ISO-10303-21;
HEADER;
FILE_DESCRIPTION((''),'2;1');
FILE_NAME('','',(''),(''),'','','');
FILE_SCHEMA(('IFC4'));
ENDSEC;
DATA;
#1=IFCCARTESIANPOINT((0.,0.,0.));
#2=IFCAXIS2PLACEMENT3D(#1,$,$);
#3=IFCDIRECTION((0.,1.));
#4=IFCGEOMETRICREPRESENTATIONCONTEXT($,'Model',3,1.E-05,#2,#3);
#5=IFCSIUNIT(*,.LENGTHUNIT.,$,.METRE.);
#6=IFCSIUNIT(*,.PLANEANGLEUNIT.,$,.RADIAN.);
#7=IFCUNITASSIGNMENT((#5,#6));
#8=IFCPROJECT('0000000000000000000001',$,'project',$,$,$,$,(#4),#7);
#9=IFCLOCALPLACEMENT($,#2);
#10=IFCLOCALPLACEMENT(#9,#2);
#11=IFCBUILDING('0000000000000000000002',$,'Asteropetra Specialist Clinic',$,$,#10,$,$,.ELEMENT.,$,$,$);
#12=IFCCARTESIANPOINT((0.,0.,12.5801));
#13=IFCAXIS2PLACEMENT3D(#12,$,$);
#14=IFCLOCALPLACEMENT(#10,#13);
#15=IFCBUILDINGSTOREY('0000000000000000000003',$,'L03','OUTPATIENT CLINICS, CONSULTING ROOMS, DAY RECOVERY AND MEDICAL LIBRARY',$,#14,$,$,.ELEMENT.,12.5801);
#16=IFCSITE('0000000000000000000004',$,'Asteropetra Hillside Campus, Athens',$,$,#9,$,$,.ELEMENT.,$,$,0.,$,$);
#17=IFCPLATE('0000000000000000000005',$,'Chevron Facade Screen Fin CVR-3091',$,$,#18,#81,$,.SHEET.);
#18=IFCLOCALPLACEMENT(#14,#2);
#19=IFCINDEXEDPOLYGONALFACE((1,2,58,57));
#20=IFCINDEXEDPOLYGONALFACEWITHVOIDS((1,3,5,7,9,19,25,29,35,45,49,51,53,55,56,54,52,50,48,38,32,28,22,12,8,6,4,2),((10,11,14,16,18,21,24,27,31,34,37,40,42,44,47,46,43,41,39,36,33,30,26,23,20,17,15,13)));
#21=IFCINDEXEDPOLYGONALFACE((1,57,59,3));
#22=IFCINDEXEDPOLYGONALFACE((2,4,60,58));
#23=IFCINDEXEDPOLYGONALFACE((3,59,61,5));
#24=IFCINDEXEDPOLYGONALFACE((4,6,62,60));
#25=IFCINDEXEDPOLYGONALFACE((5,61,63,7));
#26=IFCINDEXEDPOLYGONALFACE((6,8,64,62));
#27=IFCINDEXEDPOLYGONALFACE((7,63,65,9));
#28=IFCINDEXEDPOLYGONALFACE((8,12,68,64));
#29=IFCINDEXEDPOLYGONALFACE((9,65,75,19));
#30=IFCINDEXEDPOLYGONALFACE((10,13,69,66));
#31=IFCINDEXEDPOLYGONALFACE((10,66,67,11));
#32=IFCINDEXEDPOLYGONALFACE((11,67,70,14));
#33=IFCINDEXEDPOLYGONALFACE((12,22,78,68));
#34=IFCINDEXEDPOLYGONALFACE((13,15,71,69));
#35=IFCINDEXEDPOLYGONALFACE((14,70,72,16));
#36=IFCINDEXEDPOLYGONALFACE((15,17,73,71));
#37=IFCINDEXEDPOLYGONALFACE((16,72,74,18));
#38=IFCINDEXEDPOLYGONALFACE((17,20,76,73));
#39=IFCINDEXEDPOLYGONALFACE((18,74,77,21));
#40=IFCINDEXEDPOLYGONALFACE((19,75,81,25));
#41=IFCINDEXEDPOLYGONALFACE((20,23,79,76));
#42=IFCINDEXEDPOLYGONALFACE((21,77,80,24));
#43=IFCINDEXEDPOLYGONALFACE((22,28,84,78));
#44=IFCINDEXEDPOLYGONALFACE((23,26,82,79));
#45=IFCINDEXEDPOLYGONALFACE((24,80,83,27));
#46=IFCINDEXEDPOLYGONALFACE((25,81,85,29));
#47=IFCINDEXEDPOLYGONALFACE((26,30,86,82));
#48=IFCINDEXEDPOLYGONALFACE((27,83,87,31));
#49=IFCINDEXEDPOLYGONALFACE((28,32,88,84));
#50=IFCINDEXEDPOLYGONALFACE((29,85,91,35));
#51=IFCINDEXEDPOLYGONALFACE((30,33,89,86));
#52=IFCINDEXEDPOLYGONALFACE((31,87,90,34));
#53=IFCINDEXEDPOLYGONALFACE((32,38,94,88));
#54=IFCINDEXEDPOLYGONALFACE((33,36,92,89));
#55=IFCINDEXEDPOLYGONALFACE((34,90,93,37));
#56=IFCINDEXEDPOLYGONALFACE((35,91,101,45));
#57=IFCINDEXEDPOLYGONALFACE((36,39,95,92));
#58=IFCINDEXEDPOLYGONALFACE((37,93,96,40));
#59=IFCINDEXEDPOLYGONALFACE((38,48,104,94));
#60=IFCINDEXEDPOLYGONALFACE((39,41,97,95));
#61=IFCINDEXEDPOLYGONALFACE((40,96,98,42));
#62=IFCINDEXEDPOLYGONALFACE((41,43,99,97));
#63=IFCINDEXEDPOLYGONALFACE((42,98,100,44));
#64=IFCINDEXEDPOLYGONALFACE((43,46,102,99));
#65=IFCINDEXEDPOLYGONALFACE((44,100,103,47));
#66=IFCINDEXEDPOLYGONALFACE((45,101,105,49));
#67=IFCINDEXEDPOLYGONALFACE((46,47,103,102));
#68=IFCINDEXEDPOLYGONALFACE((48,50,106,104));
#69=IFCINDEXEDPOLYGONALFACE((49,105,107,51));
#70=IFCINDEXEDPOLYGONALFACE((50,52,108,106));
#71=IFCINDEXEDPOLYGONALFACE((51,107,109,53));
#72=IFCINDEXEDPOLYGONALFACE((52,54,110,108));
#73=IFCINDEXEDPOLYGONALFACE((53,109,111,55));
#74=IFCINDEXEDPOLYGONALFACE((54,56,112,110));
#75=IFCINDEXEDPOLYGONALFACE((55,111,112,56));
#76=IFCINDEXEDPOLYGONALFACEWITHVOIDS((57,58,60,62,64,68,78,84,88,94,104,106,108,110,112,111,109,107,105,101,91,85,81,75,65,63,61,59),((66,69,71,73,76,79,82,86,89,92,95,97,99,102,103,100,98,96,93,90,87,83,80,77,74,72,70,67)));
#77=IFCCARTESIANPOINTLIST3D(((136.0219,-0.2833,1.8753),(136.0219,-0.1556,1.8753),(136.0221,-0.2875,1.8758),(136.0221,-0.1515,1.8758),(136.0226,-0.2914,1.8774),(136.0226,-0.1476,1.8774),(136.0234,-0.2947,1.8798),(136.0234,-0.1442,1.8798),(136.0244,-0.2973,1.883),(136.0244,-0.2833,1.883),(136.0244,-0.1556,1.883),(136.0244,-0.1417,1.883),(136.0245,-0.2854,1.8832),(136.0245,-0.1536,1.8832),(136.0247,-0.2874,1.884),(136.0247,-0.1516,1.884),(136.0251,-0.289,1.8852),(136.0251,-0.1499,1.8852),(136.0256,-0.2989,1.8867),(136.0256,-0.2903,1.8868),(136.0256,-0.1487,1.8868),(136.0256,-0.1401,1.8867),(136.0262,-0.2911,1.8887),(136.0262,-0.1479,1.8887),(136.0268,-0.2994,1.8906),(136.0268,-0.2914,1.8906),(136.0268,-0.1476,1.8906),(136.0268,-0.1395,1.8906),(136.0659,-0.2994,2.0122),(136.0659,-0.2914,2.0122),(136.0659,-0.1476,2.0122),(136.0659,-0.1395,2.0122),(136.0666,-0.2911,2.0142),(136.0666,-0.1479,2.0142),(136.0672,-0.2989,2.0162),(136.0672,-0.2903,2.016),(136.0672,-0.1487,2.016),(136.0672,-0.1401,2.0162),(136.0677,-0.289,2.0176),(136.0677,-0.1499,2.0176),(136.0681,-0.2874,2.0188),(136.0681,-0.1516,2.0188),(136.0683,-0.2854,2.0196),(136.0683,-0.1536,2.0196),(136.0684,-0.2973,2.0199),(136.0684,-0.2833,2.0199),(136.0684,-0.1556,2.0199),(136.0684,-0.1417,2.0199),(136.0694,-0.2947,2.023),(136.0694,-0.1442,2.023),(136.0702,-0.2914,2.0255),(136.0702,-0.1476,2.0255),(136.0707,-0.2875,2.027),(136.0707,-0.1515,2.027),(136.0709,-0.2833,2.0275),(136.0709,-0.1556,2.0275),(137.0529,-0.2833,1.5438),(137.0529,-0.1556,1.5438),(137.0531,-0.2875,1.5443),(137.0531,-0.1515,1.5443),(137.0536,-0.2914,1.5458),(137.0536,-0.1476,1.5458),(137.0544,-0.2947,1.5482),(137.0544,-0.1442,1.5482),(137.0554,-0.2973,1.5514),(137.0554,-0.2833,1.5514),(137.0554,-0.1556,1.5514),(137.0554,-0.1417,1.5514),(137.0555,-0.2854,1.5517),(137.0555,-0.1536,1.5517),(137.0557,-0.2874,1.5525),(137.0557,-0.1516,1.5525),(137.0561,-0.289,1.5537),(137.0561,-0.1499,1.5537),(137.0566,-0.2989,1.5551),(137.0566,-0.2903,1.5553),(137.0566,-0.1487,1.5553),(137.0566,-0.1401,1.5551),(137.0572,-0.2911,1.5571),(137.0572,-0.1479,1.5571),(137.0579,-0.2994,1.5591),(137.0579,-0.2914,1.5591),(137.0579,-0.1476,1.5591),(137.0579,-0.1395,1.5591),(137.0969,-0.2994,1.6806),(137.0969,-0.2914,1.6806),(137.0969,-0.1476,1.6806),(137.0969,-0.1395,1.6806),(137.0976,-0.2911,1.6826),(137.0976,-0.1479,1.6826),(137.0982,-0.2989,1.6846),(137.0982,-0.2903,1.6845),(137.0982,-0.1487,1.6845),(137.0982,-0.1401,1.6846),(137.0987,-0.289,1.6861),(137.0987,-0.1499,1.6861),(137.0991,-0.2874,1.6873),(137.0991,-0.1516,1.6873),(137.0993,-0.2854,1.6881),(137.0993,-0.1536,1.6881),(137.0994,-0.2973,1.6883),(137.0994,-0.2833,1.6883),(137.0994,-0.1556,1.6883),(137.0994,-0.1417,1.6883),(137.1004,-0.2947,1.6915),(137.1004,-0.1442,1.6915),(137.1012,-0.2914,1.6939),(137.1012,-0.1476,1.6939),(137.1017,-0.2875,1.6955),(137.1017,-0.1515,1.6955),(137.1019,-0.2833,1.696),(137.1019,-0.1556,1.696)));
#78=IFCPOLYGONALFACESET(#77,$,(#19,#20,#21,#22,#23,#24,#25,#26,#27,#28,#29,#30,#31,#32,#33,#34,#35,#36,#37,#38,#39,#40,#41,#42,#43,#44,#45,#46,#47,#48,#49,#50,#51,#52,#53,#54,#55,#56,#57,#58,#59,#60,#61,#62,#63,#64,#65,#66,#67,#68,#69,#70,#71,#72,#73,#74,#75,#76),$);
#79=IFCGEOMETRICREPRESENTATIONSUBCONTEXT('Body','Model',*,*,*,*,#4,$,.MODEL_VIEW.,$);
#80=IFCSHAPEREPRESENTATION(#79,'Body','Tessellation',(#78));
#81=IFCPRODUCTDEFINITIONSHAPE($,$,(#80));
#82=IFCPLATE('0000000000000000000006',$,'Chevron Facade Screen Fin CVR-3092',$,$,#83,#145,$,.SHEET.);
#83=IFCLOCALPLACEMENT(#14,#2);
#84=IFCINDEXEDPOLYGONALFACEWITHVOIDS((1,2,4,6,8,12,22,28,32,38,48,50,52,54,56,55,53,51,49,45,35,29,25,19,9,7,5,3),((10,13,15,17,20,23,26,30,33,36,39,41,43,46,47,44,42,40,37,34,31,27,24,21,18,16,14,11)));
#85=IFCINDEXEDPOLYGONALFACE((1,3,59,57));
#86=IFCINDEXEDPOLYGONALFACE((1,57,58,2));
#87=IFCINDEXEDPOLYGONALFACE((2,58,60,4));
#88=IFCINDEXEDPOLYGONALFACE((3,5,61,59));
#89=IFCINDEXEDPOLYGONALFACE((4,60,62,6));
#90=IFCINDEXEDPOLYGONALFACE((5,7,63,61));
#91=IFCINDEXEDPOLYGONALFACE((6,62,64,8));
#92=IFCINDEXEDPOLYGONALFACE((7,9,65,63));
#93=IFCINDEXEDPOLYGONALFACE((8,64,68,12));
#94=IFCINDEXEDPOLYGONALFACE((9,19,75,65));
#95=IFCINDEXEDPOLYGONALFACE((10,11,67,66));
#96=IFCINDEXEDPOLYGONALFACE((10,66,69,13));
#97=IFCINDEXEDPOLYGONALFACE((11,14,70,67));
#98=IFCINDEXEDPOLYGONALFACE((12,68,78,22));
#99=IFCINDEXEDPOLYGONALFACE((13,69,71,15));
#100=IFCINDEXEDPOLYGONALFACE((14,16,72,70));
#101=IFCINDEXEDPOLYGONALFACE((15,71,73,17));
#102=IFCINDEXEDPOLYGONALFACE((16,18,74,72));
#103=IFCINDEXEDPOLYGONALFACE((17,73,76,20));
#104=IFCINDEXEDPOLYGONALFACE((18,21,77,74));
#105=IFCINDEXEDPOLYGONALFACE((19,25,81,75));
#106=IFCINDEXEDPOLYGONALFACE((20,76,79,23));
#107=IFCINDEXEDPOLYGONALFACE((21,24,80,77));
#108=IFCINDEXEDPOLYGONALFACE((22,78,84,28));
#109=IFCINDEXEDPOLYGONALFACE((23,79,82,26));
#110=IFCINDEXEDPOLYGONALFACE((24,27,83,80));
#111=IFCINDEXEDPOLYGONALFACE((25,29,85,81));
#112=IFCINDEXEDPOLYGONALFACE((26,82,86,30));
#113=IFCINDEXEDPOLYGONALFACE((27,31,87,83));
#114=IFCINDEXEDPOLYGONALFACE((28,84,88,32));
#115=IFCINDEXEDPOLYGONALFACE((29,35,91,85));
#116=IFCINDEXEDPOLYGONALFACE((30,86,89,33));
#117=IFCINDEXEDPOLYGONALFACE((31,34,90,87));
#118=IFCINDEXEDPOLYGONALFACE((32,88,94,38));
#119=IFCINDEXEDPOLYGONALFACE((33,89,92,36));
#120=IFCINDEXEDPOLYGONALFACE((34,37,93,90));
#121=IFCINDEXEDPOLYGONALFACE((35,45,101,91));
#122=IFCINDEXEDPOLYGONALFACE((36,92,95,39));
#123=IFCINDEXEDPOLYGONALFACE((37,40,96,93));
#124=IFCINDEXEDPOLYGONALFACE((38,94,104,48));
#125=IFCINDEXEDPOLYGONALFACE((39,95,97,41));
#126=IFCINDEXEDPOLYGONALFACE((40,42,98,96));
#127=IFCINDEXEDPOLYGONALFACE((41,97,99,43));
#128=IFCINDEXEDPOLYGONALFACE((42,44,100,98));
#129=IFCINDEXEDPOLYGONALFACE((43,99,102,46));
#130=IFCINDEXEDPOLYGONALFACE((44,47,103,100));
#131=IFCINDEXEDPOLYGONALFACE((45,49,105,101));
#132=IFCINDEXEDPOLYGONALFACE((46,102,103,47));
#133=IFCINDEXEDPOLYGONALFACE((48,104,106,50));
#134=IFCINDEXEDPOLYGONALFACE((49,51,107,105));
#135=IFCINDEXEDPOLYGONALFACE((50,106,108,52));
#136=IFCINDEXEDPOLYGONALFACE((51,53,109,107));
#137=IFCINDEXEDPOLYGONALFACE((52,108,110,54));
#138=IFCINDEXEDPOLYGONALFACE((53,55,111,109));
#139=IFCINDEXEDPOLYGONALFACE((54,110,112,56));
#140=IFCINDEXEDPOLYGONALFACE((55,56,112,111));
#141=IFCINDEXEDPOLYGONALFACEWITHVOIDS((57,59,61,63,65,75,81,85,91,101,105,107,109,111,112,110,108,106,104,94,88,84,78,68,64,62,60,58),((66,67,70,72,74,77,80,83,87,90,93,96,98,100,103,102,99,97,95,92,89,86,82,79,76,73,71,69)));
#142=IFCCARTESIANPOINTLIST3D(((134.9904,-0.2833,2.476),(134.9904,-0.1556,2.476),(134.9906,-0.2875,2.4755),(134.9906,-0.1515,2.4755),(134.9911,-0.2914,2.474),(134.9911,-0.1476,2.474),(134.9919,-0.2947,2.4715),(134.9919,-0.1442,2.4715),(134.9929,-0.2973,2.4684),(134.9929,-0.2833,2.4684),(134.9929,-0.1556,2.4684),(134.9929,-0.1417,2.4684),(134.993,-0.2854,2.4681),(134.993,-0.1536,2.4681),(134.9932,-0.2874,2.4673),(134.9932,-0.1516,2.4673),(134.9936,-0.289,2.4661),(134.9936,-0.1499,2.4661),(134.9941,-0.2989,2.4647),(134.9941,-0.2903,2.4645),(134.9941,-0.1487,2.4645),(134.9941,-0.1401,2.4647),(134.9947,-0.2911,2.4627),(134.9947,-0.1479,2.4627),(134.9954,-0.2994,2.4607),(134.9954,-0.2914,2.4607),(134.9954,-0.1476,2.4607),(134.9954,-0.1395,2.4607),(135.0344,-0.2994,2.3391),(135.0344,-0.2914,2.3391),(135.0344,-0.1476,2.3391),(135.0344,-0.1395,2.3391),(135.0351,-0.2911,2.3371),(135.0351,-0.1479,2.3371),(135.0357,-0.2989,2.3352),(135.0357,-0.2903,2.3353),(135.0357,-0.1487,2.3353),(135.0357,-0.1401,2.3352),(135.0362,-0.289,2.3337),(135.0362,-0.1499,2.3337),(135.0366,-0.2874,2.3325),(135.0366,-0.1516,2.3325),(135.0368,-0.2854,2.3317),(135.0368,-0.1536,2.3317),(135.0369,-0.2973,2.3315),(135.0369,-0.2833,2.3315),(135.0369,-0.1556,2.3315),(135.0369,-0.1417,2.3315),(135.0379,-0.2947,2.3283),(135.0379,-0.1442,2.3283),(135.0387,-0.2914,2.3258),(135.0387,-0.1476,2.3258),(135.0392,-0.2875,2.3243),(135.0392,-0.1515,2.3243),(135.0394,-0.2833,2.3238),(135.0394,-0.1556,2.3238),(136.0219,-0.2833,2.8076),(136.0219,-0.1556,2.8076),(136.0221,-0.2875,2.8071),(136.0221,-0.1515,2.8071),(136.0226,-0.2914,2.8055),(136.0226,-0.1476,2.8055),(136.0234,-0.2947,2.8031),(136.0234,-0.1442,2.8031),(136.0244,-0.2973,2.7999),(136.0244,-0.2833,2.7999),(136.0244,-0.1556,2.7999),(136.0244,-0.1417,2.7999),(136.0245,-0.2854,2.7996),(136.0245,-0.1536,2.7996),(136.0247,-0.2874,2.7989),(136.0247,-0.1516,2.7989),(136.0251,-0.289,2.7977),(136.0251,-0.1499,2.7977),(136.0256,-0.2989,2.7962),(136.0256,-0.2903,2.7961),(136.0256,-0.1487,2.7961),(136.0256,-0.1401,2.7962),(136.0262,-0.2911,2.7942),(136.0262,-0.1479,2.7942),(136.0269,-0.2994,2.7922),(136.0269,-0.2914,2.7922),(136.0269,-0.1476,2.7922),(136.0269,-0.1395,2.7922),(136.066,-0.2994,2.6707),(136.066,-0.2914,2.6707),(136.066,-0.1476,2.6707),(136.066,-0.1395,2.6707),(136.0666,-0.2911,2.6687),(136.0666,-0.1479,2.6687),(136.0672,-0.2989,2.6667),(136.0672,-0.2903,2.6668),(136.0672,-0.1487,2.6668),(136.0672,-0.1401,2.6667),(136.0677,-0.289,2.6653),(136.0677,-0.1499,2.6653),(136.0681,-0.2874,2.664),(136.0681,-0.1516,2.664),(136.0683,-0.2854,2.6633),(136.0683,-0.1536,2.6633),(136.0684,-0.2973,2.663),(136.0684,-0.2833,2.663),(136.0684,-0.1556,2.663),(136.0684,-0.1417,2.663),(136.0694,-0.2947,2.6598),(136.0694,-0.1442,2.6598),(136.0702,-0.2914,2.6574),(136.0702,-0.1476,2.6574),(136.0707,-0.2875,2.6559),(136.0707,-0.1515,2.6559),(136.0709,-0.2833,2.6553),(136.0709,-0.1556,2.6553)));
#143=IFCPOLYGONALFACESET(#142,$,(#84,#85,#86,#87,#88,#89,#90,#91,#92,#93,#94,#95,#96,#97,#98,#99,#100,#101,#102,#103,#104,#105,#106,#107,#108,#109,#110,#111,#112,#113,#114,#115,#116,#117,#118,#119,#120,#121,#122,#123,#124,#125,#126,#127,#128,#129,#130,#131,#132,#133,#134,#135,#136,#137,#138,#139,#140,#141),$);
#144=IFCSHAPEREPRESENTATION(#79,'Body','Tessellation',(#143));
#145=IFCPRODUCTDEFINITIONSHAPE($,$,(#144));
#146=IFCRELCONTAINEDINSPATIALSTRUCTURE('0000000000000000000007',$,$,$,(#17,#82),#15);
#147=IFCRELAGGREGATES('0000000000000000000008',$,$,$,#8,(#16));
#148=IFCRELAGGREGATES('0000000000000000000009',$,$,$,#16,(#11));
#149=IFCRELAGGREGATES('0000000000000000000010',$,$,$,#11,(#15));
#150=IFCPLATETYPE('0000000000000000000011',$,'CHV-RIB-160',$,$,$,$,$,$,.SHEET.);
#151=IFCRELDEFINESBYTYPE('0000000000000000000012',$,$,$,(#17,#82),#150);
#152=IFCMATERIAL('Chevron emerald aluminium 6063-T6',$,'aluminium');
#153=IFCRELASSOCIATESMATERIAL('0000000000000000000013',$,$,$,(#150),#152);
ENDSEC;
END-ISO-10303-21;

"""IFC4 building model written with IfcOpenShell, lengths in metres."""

from ifc_helpers import new_model, si_unit, direction, frame, origin, origin_2d, place, context, subcontext, project, spatial, hollow_rectangle, extrude, material, material_profile, profile_set, type_object, element, save


model = new_model("IFC4")

# Units and contexts
model_context = context("Model", 3, precision=1e-05, world=origin(), true_north=direction((0.0, 1.0)))
body_context = subcontext(model_context, "Body", "Model", "MODEL_VIEW")
ifc_project = project(units=[si_unit("LENGTHUNIT", "METRE"), si_unit("PLANEANGLEUNIT", "RADIAN")], contexts=[model_context])

# Site, building, storey
site_placement = place(None, origin())
site = spatial("IfcSite", under=ifc_project, at=site_placement, Name="Asteropetra Hillside Campus, Athens", CompositionType="ELEMENT", RefElevation=0.0)
building_placement = place(site_placement, origin())
building = spatial("IfcBuilding", under=site, at=building_placement, Name="Asteropetra Specialist Clinic", CompositionType="ELEMENT")
storey_placement = place(building_placement, frame((0.0, 0.0, 12.5801)))
storey = spatial("IfcBuildingStorey", under=building, at=storey_placement, Name="L03", Description="OUTPATIENT CLINICS, CONSULTING ROOMS, DAY RECOVERY AND MEDICAL LIBRARY", CompositionType="ELEMENT", Elevation=12.5801)

# Plates
ifc_material_1 = material(Name="Chevron emerald aluminium 6063-T6", Category="aluminium")
ifc_material_profile_1 = material_profile(ifc_material_1, hollow_rectangle(XDim=0.1599, YDim=0.1599, WallThickness=0.0081, InnerFilletRadius=0.0081, OuterFilletRadius=0.0161, at=origin_2d()), Name="SHS 160x160x8.0")
ifc_profile_set_1 = profile_set([ifc_material_profile_1], Name="Chevron emerald aluminium 6063-T6")
plate_type_1 = type_object("IfcPlateType", Name="CHV-RIB-160", PredefinedType="SHEET", material=ifc_profile_set_1)
plate_1_placement = place(storey_placement, frame((136.0464, -0.2195, 1.9514), z_axis=(0.951989, 0.0, -0.306133), x_axis=(0.0, 1.0, 0.0)))
element("IfcPlate", 1, at=plate_1_placement, inside=storey, type_object=plate_type_1, Name="Chevron Facade Screen Fin CVR-3091", PredefinedType="SHEET", context=body_context, shape_type="SweptSolid", body=[
    extrude(hollow_rectangle(XDim=0.1599, YDim=0.1599, WallThickness=0.0081, InnerFilletRadius=0.0081, OuterFilletRadius=0.0161, at=origin_2d()), origin(), (0.0, 0.0, 1.0), 1.083),
])
plate_2_placement = place(storey_placement, frame((135.0149, -0.2195, 2.3999), z_axis=(0.952031, 0.0, 0.306002), x_axis=(0.0, 1.0, 0.0)))
element("IfcPlate", 2, at=plate_2_placement, inside=storey, type_object=plate_type_1, Name="Chevron Facade Screen Fin CVR-3092", PredefinedType="SHEET", context=body_context, shape_type="SweptSolid", body=[
    extrude(hollow_rectangle(XDim=0.1599, YDim=0.1599, WallThickness=0.0081, InnerFilletRadius=0.0081, OuterFilletRadius=0.0161, at=origin_2d()), origin(), (0.0, 0.0, 1.0), 1.0835),
])

save(model, "model.ifc")
